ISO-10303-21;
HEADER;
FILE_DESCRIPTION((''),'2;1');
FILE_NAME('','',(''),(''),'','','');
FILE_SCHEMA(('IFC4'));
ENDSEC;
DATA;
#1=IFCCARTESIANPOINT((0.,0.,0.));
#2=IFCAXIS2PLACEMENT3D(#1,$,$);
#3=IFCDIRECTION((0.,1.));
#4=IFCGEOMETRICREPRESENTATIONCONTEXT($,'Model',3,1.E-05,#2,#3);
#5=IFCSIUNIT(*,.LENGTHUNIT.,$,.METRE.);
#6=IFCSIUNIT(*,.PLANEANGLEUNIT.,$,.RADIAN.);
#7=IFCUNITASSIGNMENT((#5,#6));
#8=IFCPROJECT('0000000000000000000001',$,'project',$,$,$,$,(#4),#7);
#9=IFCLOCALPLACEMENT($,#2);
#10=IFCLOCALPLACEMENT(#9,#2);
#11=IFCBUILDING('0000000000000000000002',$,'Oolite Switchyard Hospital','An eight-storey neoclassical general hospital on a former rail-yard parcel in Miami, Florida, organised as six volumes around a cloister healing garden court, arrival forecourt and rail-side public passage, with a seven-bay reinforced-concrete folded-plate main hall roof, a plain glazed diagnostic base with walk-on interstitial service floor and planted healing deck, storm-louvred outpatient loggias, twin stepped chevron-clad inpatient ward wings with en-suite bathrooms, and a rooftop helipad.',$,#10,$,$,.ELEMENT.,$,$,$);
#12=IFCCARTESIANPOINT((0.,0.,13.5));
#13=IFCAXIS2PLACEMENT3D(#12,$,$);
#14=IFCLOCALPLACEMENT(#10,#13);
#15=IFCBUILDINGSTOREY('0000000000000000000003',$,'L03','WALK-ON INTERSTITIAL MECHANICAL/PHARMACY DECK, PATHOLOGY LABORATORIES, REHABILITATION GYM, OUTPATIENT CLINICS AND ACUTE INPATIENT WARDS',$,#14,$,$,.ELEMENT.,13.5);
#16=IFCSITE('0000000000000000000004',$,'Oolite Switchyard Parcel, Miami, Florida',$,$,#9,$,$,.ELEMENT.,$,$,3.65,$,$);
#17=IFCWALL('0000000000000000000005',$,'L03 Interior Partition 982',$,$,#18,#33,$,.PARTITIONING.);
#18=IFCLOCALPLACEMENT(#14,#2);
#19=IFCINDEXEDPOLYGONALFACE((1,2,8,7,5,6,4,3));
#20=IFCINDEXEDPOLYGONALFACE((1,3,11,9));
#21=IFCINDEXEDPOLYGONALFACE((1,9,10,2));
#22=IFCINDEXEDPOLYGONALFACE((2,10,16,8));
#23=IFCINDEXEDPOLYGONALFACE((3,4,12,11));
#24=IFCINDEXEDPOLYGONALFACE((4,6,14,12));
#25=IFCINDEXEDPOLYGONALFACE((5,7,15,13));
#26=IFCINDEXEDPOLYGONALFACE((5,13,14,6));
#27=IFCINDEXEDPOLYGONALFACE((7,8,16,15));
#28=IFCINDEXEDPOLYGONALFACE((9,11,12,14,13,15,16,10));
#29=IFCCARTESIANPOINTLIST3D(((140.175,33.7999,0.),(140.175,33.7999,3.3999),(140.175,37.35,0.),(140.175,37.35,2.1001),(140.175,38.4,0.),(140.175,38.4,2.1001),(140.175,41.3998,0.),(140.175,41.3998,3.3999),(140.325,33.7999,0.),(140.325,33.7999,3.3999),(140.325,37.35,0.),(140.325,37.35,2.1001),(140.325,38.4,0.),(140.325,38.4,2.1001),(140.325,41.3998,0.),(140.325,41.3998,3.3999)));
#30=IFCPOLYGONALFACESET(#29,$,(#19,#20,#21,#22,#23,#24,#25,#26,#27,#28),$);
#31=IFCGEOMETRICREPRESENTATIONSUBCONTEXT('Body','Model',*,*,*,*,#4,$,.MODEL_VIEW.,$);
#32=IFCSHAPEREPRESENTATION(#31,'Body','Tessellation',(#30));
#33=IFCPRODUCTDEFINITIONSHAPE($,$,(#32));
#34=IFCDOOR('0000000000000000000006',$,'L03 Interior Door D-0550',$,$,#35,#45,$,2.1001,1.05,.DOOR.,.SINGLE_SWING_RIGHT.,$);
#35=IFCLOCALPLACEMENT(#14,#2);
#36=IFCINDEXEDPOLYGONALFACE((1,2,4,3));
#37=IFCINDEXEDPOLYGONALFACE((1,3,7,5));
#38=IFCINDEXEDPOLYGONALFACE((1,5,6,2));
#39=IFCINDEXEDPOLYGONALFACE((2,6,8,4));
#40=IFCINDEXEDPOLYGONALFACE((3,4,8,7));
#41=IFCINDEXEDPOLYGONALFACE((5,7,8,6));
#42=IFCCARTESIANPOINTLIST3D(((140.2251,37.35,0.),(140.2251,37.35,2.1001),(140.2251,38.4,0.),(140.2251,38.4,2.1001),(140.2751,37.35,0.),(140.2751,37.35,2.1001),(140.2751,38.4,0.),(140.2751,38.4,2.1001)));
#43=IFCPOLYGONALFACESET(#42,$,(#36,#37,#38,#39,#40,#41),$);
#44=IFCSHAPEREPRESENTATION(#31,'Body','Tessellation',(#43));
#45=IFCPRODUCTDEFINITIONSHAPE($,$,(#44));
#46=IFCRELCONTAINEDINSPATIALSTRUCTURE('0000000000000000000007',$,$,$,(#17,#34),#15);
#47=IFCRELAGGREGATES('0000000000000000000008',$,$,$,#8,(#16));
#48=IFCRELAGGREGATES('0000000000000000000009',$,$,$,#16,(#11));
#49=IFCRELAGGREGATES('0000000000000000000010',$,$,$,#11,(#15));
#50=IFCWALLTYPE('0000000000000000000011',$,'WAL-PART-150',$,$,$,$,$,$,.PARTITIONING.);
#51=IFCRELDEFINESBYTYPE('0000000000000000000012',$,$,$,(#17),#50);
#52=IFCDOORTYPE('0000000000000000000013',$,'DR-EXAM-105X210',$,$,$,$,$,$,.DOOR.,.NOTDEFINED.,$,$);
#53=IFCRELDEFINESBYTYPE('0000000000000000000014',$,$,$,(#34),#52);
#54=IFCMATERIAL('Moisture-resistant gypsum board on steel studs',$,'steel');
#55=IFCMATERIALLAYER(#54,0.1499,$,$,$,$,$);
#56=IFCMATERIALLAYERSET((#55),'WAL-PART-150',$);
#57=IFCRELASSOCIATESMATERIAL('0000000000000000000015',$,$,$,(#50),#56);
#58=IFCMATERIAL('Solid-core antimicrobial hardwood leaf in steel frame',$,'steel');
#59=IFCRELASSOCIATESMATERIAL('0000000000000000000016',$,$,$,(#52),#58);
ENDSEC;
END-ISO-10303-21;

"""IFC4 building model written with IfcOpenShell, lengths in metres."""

from ifc_helpers import new_model, si_unit, direction, frame, frame_2d, origin, place, context, subcontext, project, spatial, rectangle, extrude, material, layer, layer_set, type_object, element, fill, save


model = new_model("IFC4")

# Units and contexts
model_context = context("Model", 3, precision=1e-05, world=origin(), true_north=direction((0.0, 1.0)))
body_context = subcontext(model_context, "Body", "Model", "MODEL_VIEW")
ifc_project = project(units=[si_unit("LENGTHUNIT", "METRE"), si_unit("PLANEANGLEUNIT", "RADIAN")], contexts=[model_context])

# Site, building, storey
site_placement = place(None, origin())
site = spatial("IfcSite", under=ifc_project, at=site_placement, Name="Oolite Switchyard Parcel, Miami, Florida", CompositionType="ELEMENT", RefElevation=3.65)
building_placement = place(site_placement, origin())
building = spatial("IfcBuilding", under=site, at=building_placement, Name="Oolite Switchyard Hospital", Description="An eight-storey neoclassical general hospital on a former rail-yard parcel in Miami, Florida, organised as six volumes around a cloister healing garden court, arrival forecourt and rail-side public passage, with a seven-bay reinforced-concrete folded-plate main hall roof, a plain glazed diagnostic base with walk-on interstitial service floor and planted healing deck, storm-louvred outpatient loggias, twin stepped chevron-clad inpatient ward wings with en-suite bathrooms, and a rooftop helipad.", CompositionType="ELEMENT")
storey_placement = place(building_placement, frame((0.0, 0.0, 13.5)))
storey = spatial("IfcBuildingStorey", under=building, at=storey_placement, Name="L03", Description="WALK-ON INTERSTITIAL MECHANICAL/PHARMACY DECK, PATHOLOGY LABORATORIES, REHABILITATION GYM, OUTPATIENT CLINICS AND ACUTE INPATIENT WARDS", CompositionType="ELEMENT", Elevation=13.5)

# Wall, opening, door
ifc_material_1 = material(Name="Moisture-resistant gypsum board on steel studs", Category="steel")
ifc_layer_1 = layer(ifc_material_1, 0.1499)
ifc_layer_set_1 = layer_set([ifc_layer_1], Name="WAL-PART-150")
wall_type = type_object("IfcWallType", Name="WAL-PART-150", PredefinedType="PARTITIONING", material=ifc_layer_set_1)
wall_placement = place(storey_placement, frame((140.25, 33.8, 0.0), z_axis=(0.0, 0.0, 1.0), x_axis=(0.0, 1.0, 0.0)))
wall = element("IfcWall", 1, at=wall_placement, inside=storey, type_object=wall_type, Name="L03 Interior Partition 982", PredefinedType="PARTITIONING", context=body_context, shape_type="SweptSolid", body=[
    extrude(rectangle(XDim=7.5999, YDim=0.1499, at=frame_2d((3.7998, 0.0))), origin(), (0.0, 0.0, 1.0), 3.3999),
])
opening_placement = place(wall_placement, frame((3.55, 0.0, 0.0)))
opening = element("IfcOpeningElement", 2, at=opening_placement, cuts=wall, PredefinedType="OPENING", context=body_context, shape_type="SweptSolid", body=[
    extrude(rectangle(XDim=1.05, YDim=2.1001, at=frame_2d((0.5249, 1.05))), frame((0.0, 0.085, 0.0), z_axis=(0.0, -1.0, 0.0), x_axis=(1.0, 0.0, 0.0)), (0.0, 0.0, 1.0), 0.1699),
])
ifc_material_2 = material(Name="Solid-core antimicrobial hardwood leaf in steel frame", Category="steel")
door_type = type_object("IfcDoorType", Name="DR-EXAM-105X210", OperationType="NOTDEFINED", PredefinedType="DOOR", material=ifc_material_2)
door_placement = place(opening_placement, origin())
door = element("IfcDoor", 3, at=door_placement, inside=storey, type_object=door_type, Name="L03 Interior Door D-0550", OperationType="SINGLE_SWING_RIGHT", OverallHeight=2.1001, OverallWidth=1.05, PredefinedType="DOOR", context=body_context, shape_type="SweptSolid", body=[
    extrude(rectangle(XDim=1.05, YDim=2.1001, at=frame_2d((0.5249, 1.05))), frame((0.0, 0.0249, 0.0), z_axis=(0.0, -1.0, 0.0), x_axis=(1.0, 0.0, 0.0)), (0.0, 0.0, 1.0), 0.05),
])
fill(opening, door)

save(model, "model.ifc")
